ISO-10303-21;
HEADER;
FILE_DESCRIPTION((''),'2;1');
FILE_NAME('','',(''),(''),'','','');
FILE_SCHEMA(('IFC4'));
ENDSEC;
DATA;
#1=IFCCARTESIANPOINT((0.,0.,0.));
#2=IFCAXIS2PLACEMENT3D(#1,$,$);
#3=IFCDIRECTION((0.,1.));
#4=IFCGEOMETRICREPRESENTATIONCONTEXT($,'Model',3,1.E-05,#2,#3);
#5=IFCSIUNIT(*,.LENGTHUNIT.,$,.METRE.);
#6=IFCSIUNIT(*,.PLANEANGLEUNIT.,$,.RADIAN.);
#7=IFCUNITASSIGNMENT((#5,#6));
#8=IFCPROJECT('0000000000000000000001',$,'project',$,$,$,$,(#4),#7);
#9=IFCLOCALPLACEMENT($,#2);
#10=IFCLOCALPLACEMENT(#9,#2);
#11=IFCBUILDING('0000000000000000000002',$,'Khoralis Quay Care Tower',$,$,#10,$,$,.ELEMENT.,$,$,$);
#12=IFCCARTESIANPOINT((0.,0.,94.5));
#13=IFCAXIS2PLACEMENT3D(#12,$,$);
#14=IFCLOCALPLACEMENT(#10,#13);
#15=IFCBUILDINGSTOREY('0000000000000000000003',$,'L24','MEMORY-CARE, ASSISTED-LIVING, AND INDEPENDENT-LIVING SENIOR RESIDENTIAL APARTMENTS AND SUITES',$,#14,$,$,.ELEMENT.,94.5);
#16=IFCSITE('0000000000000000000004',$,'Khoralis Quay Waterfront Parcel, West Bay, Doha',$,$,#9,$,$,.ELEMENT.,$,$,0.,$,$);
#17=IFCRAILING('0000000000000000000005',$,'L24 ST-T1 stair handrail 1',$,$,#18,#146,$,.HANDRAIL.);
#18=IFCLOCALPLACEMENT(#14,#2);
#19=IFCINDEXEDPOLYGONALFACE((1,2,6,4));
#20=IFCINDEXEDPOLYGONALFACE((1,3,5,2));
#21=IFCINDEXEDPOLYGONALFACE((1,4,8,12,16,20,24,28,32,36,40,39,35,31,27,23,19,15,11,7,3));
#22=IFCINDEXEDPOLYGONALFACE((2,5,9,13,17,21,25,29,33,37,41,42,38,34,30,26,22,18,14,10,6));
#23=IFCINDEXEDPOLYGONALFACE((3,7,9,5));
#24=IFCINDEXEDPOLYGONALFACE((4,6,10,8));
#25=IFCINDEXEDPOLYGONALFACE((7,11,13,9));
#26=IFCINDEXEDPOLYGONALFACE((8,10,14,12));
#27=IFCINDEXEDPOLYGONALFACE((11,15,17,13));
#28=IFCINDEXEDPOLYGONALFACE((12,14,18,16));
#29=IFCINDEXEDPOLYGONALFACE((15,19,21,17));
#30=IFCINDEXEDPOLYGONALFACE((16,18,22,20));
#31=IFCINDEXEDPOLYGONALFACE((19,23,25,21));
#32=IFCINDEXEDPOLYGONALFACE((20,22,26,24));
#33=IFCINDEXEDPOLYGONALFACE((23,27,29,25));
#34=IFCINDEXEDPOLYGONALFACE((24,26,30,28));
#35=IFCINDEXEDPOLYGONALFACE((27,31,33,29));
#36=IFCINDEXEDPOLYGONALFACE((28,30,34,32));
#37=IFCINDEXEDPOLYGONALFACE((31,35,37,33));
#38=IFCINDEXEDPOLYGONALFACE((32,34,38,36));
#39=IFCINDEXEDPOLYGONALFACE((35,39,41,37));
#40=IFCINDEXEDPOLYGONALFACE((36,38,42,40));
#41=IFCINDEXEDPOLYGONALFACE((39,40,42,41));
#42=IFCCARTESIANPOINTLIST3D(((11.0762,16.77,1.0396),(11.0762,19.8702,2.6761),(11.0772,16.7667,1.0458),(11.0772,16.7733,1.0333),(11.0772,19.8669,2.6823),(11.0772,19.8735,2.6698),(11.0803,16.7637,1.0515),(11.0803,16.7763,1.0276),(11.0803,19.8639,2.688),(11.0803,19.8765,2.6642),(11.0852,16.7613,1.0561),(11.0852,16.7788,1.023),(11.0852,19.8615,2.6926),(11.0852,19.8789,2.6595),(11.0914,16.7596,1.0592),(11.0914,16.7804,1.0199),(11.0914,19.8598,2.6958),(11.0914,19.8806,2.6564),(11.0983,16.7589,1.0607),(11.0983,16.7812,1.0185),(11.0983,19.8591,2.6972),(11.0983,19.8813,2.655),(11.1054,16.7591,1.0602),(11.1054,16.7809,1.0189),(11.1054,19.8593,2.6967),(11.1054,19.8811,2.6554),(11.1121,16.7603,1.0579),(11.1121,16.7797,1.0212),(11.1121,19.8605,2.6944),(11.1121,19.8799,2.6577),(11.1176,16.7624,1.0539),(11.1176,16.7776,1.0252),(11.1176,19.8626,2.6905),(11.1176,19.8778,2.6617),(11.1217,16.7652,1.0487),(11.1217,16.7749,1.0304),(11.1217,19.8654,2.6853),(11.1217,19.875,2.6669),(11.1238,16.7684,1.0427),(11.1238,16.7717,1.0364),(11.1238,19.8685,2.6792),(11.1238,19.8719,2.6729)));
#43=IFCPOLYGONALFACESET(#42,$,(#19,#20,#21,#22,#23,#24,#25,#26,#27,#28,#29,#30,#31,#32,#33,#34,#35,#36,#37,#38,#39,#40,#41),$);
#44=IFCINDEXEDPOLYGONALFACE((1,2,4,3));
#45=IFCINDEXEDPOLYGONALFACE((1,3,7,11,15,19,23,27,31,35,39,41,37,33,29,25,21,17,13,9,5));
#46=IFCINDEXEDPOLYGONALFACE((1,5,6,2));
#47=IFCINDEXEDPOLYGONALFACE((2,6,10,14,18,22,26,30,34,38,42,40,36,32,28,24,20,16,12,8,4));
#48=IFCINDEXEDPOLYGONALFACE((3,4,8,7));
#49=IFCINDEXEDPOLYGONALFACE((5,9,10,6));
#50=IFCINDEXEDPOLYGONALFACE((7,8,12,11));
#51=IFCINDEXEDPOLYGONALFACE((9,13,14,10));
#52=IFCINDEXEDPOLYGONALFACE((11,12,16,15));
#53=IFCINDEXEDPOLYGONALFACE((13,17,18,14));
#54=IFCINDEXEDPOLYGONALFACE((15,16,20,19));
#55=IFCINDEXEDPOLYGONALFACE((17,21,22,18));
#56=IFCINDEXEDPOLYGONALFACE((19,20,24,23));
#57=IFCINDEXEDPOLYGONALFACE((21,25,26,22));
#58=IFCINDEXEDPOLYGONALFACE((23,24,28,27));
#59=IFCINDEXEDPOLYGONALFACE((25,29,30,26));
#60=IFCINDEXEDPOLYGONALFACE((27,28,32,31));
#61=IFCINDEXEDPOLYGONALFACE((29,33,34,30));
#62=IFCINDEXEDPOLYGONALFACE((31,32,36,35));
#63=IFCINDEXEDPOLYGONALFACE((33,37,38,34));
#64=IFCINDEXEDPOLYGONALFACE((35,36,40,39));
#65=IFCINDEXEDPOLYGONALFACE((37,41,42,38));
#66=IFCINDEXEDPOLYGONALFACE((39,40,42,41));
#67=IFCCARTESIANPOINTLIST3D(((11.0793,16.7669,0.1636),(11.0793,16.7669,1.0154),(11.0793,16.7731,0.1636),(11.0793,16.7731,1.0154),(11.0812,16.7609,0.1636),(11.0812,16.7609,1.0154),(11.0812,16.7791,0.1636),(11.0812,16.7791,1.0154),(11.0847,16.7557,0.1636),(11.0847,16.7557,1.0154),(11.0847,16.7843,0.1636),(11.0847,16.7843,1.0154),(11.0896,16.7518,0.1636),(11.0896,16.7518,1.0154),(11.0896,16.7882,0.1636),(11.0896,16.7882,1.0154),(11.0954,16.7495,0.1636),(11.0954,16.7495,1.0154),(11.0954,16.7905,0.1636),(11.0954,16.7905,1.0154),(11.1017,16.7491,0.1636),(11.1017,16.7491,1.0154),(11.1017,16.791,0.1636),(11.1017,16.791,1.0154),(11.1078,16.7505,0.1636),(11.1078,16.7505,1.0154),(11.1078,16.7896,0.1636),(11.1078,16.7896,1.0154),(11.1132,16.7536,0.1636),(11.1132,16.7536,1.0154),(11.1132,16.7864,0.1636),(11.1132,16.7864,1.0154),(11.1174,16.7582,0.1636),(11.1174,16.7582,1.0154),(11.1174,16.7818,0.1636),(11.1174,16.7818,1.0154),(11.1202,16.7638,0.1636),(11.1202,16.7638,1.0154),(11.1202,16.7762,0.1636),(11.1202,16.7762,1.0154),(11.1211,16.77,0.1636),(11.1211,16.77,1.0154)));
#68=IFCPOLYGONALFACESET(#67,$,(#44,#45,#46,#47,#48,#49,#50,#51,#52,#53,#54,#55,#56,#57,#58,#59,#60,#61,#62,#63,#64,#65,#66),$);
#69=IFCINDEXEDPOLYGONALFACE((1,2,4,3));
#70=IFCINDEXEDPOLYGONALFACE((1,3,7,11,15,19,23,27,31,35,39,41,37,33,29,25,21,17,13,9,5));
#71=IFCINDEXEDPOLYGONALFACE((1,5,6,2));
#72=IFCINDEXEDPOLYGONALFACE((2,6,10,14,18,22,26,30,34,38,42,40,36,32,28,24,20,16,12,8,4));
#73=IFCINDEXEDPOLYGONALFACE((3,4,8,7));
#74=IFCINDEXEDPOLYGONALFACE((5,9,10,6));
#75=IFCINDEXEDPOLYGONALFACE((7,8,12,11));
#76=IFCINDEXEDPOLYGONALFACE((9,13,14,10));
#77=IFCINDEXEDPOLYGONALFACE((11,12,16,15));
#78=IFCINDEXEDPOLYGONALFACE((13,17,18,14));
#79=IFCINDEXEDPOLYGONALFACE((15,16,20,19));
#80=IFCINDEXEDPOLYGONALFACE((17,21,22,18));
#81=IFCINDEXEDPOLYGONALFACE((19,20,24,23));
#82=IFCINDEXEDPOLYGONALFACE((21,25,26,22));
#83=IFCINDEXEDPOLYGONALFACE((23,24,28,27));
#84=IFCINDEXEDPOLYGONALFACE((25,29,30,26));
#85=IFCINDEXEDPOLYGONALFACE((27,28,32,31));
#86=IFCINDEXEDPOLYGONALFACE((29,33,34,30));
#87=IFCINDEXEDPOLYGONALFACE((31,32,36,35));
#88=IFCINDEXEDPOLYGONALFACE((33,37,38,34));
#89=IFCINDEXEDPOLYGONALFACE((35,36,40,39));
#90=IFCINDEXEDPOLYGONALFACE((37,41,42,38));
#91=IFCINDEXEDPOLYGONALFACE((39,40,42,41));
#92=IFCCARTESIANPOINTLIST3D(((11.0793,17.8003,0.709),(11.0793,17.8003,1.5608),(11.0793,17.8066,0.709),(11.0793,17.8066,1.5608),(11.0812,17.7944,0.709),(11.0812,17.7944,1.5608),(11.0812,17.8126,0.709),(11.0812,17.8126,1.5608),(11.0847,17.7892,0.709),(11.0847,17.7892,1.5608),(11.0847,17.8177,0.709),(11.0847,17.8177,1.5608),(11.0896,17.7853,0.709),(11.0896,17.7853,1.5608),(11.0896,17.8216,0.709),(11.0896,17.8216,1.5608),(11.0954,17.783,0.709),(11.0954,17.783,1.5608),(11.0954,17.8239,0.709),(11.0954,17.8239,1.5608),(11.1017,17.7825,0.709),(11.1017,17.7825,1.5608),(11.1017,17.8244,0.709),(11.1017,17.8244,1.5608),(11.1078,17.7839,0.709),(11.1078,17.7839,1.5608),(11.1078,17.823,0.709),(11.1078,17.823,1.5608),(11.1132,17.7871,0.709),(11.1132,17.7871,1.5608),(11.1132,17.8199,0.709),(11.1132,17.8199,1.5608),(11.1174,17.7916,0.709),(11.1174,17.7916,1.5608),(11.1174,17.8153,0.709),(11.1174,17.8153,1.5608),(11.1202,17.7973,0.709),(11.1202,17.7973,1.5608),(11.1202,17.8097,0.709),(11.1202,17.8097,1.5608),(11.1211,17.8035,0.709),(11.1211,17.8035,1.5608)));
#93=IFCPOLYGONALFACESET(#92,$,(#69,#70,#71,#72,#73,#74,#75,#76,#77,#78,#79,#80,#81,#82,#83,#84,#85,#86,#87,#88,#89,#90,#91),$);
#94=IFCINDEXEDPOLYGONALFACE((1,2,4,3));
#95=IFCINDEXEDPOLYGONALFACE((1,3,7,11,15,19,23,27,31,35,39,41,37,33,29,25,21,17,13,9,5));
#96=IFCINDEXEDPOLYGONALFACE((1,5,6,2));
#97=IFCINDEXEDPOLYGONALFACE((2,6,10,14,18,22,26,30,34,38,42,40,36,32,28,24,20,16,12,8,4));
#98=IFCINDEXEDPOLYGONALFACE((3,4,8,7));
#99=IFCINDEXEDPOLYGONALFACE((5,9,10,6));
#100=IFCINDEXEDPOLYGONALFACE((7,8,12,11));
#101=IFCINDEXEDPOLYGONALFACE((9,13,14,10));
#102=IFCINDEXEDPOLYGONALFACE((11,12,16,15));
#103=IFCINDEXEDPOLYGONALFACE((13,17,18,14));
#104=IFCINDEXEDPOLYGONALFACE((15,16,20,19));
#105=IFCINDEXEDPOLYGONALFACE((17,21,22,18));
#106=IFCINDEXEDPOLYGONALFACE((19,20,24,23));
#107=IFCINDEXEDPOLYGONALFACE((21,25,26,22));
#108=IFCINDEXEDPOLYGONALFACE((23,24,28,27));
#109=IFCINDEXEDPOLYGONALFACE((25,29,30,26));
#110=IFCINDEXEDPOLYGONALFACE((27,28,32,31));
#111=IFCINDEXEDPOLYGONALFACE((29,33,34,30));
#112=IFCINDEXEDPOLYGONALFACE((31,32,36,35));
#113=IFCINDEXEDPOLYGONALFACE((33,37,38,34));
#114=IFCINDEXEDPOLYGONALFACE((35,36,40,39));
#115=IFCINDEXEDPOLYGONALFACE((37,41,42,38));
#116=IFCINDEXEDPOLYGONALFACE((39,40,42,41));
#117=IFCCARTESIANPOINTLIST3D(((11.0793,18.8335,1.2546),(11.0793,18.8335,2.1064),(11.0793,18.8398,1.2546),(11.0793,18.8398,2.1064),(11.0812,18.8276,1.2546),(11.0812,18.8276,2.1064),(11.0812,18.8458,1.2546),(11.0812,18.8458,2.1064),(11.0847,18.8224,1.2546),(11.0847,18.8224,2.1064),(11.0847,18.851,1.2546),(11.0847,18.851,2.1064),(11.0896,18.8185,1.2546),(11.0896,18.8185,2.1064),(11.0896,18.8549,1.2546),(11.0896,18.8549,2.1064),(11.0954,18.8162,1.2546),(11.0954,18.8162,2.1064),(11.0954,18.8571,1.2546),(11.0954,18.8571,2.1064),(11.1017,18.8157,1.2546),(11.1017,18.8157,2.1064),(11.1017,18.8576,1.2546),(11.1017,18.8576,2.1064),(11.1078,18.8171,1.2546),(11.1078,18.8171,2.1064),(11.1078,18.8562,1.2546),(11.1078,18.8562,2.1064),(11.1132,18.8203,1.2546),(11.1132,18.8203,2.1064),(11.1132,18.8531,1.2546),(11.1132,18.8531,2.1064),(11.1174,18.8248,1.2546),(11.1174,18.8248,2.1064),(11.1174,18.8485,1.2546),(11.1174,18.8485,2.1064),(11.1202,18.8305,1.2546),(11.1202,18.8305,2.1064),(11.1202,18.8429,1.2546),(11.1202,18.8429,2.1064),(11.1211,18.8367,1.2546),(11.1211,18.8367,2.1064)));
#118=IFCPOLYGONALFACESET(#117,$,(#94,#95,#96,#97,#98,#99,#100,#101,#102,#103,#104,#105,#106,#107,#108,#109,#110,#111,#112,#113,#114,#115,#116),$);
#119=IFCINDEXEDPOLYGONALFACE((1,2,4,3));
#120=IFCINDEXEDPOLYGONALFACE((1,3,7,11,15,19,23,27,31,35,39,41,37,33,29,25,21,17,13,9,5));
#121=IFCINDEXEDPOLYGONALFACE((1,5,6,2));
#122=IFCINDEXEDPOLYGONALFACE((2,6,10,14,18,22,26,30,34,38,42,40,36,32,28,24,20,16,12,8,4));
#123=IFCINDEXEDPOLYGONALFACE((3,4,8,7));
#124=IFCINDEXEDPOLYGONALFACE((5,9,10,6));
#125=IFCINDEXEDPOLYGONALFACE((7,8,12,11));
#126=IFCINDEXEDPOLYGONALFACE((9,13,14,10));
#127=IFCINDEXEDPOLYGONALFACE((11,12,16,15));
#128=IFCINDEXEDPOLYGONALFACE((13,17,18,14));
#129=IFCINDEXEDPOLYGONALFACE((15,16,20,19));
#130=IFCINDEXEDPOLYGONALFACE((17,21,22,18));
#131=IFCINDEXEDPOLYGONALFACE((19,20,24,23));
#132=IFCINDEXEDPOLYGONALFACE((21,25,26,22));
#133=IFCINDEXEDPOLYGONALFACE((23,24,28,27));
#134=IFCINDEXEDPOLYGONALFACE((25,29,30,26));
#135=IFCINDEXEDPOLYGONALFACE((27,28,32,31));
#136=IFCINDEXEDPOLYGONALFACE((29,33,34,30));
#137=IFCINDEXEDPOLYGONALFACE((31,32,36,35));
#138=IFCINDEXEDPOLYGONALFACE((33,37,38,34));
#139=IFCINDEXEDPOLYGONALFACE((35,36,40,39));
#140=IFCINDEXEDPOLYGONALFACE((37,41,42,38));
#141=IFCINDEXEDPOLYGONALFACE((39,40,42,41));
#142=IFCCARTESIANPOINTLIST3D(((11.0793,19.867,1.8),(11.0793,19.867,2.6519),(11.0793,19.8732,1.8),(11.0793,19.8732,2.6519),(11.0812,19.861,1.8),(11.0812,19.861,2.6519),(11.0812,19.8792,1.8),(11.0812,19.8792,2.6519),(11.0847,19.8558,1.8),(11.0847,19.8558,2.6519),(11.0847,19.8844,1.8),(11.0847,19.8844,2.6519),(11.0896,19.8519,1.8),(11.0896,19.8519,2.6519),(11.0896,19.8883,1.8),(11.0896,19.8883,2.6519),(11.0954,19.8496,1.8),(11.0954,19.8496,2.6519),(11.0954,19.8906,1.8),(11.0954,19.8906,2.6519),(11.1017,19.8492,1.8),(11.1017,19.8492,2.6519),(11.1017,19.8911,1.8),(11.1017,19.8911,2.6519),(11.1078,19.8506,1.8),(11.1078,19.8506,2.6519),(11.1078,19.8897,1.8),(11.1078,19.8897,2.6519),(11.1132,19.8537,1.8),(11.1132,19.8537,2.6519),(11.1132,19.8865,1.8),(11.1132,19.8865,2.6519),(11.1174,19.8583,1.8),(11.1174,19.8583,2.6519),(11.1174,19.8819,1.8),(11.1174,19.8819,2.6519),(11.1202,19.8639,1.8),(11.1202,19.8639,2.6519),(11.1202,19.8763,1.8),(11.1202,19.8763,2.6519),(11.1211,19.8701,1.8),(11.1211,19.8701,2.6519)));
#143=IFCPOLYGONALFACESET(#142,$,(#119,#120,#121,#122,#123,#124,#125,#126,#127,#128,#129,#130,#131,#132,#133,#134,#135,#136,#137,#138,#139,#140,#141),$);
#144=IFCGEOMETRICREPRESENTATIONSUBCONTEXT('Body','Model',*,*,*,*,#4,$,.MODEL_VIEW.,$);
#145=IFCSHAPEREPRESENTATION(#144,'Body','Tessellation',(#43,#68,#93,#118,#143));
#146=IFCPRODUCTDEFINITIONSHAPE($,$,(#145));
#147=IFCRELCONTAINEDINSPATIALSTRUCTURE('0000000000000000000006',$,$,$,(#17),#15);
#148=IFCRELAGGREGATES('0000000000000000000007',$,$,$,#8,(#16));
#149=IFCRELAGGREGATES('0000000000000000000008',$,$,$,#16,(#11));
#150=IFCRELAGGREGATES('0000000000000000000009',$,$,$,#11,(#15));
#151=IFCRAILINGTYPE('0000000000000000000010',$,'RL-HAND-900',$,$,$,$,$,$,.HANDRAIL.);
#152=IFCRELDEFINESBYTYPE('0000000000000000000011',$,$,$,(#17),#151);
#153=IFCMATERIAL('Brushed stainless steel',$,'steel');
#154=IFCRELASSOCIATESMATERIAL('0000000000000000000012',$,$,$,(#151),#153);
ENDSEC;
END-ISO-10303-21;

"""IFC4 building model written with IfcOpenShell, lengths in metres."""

from ifc_helpers import new_model, si_unit, direction, frame, origin, origin_2d, place, context, subcontext, project, spatial, circle, extrude, material, type_object, element, save


model = new_model("IFC4")

# Units and contexts
model_context = context("Model", 3, precision=1e-05, world=origin(), true_north=direction((0.0, 1.0)))
body_context = subcontext(model_context, "Body", "Model", "MODEL_VIEW")
ifc_project = project(units=[si_unit("LENGTHUNIT", "METRE"), si_unit("PLANEANGLEUNIT", "RADIAN")], contexts=[model_context])

# Site, building, storey
site_placement = place(None, origin())
site = spatial("IfcSite", under=ifc_project, at=site_placement, Name="Khoralis Quay Waterfront Parcel, West Bay, Doha", CompositionType="ELEMENT", RefElevation=0.0)
building_placement = place(site_placement, origin())
building = spatial("IfcBuilding", under=site, at=building_placement, Name="Khoralis Quay Care Tower", CompositionType="ELEMENT")
storey_placement = place(building_placement, frame((0.0, 0.0, 94.5)))
storey = spatial("IfcBuildingStorey", under=building, at=storey_placement, Name="L24", Description="MEMORY-CARE, ASSISTED-LIVING, AND INDEPENDENT-LIVING SENIOR RESIDENTIAL APARTMENTS AND SUITES", CompositionType="ELEMENT", Elevation=94.5)

# Shared definitions
ifc_material_1 = material(Name="Brushed stainless steel", Category="steel")

# Railing
railing_type_1 = type_object("IfcRailingType", Name="RL-HAND-900", PredefinedType="HANDRAIL", material=ifc_material_1)
railing_1_placement = place(storey_placement, frame((11.1001, 16.77, 0.1636)))
element("IfcRailing", 1, at=railing_1_placement, inside=storey, type_object=railing_type_1, Name="L24 ST-T1 stair handrail 1", PredefinedType="HANDRAIL", context=body_context, shape_type="SweptSolid", body=[
    extrude(circle(Radius=0.0239, at=origin_2d()), frame((0.0, 0.0, 0.876), z_axis=(0.0, 0.884348, 0.466828), x_axis=(-1.0, 0.0, 0.0)), (0.0, 0.0, 1.0), 3.5056),
    extrude(circle(Radius=0.021, at=origin_2d()), origin(), (0.0, 0.0, 1.0), 0.8518),
    extrude(circle(Radius=0.021, at=origin_2d()), frame((0.0, 1.0334, 0.5454)), (0.0, 0.0, 1.0), 0.8518),
    extrude(circle(Radius=0.021, at=origin_2d()), frame((0.0, 2.0667, 1.0911)), (0.0, 0.0, 1.0), 0.8518),
    extrude(circle(Radius=0.021, at=origin_2d()), frame((0.0, 3.1001, 1.6365)), (0.0, 0.0, 1.0), 0.8518),
])

save(model, "model.ifc")
